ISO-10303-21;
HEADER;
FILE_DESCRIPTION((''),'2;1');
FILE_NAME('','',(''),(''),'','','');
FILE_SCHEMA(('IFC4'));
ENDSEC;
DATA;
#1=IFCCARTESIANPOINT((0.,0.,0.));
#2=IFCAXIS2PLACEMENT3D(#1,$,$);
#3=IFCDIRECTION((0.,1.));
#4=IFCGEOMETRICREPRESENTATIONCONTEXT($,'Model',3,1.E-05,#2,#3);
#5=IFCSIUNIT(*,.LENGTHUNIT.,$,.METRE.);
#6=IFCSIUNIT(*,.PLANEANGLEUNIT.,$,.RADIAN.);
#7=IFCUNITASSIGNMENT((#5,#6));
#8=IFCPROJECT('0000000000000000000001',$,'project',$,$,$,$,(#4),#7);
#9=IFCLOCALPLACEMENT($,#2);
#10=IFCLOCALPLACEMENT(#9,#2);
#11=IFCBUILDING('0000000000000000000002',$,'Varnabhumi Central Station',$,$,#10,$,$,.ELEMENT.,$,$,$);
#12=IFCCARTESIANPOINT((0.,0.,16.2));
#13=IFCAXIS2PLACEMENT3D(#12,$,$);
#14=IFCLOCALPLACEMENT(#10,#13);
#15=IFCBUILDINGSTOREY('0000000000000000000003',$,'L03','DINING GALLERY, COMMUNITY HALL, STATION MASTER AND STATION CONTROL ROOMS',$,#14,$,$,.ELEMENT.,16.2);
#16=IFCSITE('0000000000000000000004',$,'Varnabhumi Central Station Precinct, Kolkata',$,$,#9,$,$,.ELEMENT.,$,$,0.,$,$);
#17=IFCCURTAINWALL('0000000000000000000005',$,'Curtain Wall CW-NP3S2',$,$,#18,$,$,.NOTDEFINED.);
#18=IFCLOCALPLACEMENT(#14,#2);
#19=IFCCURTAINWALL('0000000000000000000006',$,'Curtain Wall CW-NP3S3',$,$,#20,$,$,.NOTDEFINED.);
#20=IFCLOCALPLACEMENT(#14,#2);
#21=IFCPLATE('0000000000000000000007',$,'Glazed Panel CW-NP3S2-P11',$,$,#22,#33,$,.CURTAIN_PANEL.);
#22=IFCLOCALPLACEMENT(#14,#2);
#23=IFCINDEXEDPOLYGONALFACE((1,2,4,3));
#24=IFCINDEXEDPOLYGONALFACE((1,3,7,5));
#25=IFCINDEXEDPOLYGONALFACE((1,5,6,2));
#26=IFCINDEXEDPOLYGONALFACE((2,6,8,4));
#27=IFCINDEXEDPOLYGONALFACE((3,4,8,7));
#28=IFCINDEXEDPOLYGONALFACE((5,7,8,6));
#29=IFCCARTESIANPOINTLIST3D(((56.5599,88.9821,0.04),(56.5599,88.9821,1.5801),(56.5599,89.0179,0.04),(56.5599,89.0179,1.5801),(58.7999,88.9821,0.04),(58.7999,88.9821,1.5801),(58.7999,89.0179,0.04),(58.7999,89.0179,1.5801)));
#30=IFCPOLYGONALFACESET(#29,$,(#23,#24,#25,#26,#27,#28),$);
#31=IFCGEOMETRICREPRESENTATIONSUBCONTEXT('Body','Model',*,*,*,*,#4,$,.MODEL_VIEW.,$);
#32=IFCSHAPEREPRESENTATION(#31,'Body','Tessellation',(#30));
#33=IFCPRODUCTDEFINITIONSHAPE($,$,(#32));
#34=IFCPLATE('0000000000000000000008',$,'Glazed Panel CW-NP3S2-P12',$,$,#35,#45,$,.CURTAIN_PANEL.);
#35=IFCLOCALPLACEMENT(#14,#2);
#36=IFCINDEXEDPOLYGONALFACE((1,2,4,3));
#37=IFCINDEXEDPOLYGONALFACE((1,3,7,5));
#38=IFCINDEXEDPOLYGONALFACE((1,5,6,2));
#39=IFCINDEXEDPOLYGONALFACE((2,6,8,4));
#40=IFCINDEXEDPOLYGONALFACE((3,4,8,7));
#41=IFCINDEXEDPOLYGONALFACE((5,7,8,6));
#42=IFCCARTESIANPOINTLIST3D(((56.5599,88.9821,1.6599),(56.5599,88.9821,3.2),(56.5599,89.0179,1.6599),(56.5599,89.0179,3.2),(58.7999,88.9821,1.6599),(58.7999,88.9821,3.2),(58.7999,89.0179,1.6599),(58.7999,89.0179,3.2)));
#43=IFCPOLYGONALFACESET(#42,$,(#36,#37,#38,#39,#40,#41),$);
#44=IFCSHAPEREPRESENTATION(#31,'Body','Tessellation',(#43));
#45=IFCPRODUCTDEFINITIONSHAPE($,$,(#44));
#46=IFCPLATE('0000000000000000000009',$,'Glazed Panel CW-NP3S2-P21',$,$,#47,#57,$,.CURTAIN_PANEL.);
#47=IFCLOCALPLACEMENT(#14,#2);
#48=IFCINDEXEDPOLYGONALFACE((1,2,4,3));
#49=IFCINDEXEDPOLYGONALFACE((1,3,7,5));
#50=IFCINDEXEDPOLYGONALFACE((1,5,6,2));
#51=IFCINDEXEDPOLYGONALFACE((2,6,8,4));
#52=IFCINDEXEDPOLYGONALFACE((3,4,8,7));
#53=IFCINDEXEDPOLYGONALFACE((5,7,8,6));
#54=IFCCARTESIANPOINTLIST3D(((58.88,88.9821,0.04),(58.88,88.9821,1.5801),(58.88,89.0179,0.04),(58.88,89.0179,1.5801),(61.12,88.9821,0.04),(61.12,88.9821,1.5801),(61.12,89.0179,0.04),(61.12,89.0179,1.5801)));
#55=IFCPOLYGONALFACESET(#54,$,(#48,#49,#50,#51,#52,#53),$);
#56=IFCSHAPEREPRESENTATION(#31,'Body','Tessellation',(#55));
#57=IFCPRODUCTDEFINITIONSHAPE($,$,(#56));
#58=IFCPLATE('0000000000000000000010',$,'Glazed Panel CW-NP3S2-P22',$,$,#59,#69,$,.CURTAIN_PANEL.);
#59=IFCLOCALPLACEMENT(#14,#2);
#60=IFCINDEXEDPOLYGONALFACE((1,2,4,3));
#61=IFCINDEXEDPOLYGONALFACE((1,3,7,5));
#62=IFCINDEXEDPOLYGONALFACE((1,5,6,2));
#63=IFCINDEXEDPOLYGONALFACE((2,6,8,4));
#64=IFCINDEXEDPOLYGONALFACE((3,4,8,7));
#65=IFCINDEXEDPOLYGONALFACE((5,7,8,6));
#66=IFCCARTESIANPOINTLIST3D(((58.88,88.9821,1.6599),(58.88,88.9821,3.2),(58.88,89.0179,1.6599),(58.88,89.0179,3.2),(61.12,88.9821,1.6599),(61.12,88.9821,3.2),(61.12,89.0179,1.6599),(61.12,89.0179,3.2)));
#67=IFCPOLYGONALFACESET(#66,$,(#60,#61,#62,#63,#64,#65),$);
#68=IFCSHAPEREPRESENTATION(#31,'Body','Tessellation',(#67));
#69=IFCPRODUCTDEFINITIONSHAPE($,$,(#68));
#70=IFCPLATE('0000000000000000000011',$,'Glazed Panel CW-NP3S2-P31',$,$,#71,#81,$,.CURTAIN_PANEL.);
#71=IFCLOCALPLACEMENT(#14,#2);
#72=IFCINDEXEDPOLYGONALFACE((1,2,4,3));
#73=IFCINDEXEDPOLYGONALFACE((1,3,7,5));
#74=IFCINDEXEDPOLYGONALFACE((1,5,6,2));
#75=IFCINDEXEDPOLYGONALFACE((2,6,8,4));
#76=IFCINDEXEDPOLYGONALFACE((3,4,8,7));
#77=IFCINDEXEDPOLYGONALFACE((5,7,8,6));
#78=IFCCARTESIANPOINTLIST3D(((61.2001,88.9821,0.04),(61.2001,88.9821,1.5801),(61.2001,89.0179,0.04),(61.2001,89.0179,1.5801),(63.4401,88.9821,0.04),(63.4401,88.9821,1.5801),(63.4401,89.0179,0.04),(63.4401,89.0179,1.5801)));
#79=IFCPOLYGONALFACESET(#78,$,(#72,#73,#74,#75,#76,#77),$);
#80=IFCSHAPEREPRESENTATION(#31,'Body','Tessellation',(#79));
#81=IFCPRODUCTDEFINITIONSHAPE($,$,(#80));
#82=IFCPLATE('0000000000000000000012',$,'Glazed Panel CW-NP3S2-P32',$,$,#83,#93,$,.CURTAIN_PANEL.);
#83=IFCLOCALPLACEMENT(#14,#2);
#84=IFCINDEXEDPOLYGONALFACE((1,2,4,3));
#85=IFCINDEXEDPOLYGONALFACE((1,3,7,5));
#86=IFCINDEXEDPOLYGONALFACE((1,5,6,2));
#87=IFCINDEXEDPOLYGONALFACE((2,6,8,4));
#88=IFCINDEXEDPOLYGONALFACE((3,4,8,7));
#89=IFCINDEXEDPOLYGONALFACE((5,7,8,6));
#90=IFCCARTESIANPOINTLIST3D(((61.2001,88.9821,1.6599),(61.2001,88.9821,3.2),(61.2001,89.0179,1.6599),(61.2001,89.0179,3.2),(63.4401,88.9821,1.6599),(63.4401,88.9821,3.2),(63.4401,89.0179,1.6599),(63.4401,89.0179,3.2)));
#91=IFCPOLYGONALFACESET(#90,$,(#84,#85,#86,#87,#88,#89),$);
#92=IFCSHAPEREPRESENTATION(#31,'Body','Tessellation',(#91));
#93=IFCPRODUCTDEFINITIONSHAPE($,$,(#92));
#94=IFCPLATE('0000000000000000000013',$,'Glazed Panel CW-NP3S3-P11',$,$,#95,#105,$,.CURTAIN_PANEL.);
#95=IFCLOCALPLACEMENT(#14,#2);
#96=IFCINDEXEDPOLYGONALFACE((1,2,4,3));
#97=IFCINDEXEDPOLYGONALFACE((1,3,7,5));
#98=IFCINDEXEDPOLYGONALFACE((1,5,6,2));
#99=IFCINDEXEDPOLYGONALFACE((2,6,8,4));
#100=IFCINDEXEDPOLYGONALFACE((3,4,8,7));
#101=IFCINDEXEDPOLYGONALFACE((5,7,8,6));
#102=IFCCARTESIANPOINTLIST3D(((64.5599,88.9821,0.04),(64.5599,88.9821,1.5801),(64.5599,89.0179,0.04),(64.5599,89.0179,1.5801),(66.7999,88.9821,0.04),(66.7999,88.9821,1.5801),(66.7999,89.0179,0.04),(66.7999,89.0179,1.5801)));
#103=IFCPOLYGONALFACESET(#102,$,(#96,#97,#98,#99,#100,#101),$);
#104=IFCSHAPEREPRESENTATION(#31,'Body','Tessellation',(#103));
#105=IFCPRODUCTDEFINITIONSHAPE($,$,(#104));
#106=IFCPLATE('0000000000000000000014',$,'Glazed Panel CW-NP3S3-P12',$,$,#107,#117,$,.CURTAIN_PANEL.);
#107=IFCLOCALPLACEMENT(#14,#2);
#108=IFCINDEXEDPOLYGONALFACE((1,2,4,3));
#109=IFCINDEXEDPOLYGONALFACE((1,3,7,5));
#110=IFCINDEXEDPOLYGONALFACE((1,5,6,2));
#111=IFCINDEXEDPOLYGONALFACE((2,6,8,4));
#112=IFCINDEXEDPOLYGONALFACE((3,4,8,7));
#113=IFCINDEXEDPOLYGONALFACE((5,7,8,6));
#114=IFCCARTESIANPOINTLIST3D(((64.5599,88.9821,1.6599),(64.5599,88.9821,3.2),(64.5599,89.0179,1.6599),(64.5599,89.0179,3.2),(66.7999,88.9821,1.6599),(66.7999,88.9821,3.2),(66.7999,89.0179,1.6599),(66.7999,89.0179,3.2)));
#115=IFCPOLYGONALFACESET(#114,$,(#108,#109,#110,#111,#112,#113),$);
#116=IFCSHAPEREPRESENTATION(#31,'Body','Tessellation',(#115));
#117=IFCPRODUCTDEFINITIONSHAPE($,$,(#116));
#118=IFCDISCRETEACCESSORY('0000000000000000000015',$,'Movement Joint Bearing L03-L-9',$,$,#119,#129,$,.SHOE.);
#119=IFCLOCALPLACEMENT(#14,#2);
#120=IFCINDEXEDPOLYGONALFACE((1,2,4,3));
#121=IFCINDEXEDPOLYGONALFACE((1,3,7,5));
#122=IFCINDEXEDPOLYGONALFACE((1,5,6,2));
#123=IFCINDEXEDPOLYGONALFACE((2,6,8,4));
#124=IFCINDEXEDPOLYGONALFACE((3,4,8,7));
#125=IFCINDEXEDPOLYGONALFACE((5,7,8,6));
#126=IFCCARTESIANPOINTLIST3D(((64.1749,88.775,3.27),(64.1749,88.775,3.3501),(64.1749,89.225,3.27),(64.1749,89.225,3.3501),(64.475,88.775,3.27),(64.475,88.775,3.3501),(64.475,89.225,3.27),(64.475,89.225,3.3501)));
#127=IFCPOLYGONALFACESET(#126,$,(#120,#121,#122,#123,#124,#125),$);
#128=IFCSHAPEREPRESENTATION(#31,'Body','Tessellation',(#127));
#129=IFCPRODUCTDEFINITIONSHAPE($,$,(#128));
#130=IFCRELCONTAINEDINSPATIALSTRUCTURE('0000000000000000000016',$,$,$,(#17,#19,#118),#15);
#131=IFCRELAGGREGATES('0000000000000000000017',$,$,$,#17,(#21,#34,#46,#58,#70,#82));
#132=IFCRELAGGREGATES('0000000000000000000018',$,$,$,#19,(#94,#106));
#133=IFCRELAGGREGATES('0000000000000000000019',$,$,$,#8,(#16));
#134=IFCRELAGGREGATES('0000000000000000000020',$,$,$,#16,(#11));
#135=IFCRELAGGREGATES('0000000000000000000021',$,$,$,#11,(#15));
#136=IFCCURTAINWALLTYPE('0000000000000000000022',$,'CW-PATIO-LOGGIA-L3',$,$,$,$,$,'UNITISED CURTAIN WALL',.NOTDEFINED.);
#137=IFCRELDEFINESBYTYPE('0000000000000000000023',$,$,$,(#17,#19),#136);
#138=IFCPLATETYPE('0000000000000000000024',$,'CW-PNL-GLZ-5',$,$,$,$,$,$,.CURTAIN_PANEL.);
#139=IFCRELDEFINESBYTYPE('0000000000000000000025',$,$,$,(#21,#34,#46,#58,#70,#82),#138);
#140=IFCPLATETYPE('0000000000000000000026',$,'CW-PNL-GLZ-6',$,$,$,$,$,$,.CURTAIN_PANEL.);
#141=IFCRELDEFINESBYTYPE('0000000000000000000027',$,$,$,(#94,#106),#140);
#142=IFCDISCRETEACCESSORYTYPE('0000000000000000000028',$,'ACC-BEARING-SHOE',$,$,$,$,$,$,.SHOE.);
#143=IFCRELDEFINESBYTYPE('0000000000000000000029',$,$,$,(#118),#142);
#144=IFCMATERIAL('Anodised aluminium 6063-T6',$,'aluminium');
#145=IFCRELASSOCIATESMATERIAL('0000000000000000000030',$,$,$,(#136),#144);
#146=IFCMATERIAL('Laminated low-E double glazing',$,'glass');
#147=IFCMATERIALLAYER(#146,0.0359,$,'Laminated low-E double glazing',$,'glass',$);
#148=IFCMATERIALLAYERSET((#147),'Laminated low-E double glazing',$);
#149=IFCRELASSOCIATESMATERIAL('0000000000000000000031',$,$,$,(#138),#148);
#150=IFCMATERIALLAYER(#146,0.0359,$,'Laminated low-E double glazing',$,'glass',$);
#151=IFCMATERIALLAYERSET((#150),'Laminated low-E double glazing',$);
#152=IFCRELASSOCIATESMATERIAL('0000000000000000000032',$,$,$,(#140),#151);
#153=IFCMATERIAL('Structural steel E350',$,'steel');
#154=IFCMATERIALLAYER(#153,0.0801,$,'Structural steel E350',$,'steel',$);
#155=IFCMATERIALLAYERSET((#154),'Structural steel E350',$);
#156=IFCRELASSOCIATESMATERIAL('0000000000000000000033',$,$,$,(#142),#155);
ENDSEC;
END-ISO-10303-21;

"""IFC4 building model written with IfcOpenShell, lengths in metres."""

from ifc_helpers import new_model, si_unit, direction, frame, origin, origin_2d, place, context, subcontext, project, spatial, rectangle, extrude, material, layer, layer_set, type_object, element, aggregate, save


model = new_model("IFC4")

# Units and contexts
model_context = context("Model", 3, precision=1e-05, world=origin(), true_north=direction((0.0, 1.0)))
body_context = subcontext(model_context, "Body", "Model", "MODEL_VIEW")
ifc_project = project(units=[si_unit("LENGTHUNIT", "METRE"), si_unit("PLANEANGLEUNIT", "RADIAN")], contexts=[model_context])

# Site, building, storey
site_placement = place(None, origin())
site = spatial("IfcSite", under=ifc_project, at=site_placement, Name="Varnabhumi Central Station Precinct, Kolkata", CompositionType="ELEMENT", RefElevation=0.0)
building_placement = place(site_placement, origin())
building = spatial("IfcBuilding", under=site, at=building_placement, Name="Varnabhumi Central Station", CompositionType="ELEMENT")
storey_placement = place(building_placement, frame((0.0, 0.0, 16.2)))
storey = spatial("IfcBuildingStorey", under=building, at=storey_placement, Name="L03", Description="DINING GALLERY, COMMUNITY HALL, STATION MASTER AND STATION CONTROL ROOMS", CompositionType="ELEMENT", Elevation=16.2)

# Curtain walls
ifc_material_1 = material(Name="Anodised aluminium 6063-T6", Category="aluminium")
curtain_wall_type = type_object("IfcCurtainWallType", Name="CW-PATIO-LOGGIA-L3", ElementType="UNITISED CURTAIN WALL", PredefinedType="NOTDEFINED", material=ifc_material_1)
curtain_wall_1_placement = place(storey_placement, origin())
curtain_wall_1 = element("IfcCurtainWall", 1, at=curtain_wall_1_placement, inside=storey, type_object=curtain_wall_type, Name="Curtain Wall CW-NP3S2", PredefinedType="NOTDEFINED")
curtain_wall_2_placement = place(storey_placement, origin())
curtain_wall_2 = element("IfcCurtainWall", 2, at=curtain_wall_2_placement, inside=storey, type_object=curtain_wall_type, Name="Curtain Wall CW-NP3S3", PredefinedType="NOTDEFINED")

# Plates
ifc_material_2 = material(Name="Laminated low-E double glazing", Category="glass")
ifc_layer_1 = layer(ifc_material_2, 0.0359, Name="Laminated low-E double glazing", Category="glass")
ifc_layer_set_1 = layer_set([ifc_layer_1], Name="Laminated low-E double glazing")
plate_type_1 = type_object("IfcPlateType", Name="CW-PNL-GLZ-5", PredefinedType="CURTAIN_PANEL", material=ifc_layer_set_1)
plate_1_placement = place(storey_placement, frame((57.6799, 89.0, 0.04), z_axis=(0.0, 0.0, 1.0), x_axis=(1.0, 0.0, 0.0)))
plate_1 = element("IfcPlate", 3, at=plate_1_placement, type_object=plate_type_1, Name="Glazed Panel CW-NP3S2-P11", PredefinedType="CURTAIN_PANEL", context=body_context, shape_type="SweptSolid", body=[
    extrude(rectangle(XDim=2.24, YDim=0.0359, at=origin_2d()), origin(), (0.0, 0.0, 1.0), 1.54),
])
plate_2_placement = place(storey_placement, frame((57.6799, 89.0, 1.6599), z_axis=(0.0, 0.0, 1.0), x_axis=(1.0, 0.0, 0.0)))
plate_2 = element("IfcPlate", 4, at=plate_2_placement, type_object=plate_type_1, Name="Glazed Panel CW-NP3S2-P12", PredefinedType="CURTAIN_PANEL", context=body_context, shape_type="SweptSolid", body=[
    extrude(rectangle(XDim=2.24, YDim=0.0359, at=origin_2d()), origin(), (0.0, 0.0, 1.0), 1.54),
])
plate_3_placement = place(storey_placement, frame((60.0, 89.0, 0.04), z_axis=(0.0, 0.0, 1.0), x_axis=(1.0, 0.0, 0.0)))
plate_3 = element("IfcPlate", 5, at=plate_3_placement, type_object=plate_type_1, Name="Glazed Panel CW-NP3S2-P21", PredefinedType="CURTAIN_PANEL", context=body_context, shape_type="SweptSolid", body=[
    extrude(rectangle(XDim=2.24, YDim=0.0359, at=origin_2d()), origin(), (0.0, 0.0, 1.0), 1.54),
])
plate_4_placement = place(storey_placement, frame((60.0, 89.0, 1.6599), z_axis=(0.0, 0.0, 1.0), x_axis=(1.0, 0.0, 0.0)))
plate_4 = element("IfcPlate", 6, at=plate_4_placement, type_object=plate_type_1, Name="Glazed Panel CW-NP3S2-P22", PredefinedType="CURTAIN_PANEL", context=body_context, shape_type="SweptSolid", body=[
    extrude(rectangle(XDim=2.24, YDim=0.0359, at=origin_2d()), origin(), (0.0, 0.0, 1.0), 1.54),
])
plate_5_placement = place(storey_placement, frame((62.3201, 89.0, 0.04), z_axis=(0.0, 0.0, 1.0), x_axis=(1.0, 0.0, 0.0)))
plate_5 = element("IfcPlate", 7, at=plate_5_placement, type_object=plate_type_1, Name="Glazed Panel CW-NP3S2-P31", PredefinedType="CURTAIN_PANEL", context=body_context, shape_type="SweptSolid", body=[
    extrude(rectangle(XDim=2.24, YDim=0.0359, at=origin_2d()), origin(), (0.0, 0.0, 1.0), 1.54),
])
plate_6_placement = place(storey_placement, frame((62.3201, 89.0, 1.6599), z_axis=(0.0, 0.0, 1.0), x_axis=(1.0, 0.0, 0.0)))
plate_6 = element("IfcPlate", 8, at=plate_6_placement, type_object=plate_type_1, Name="Glazed Panel CW-NP3S2-P32", PredefinedType="CURTAIN_PANEL", context=body_context, shape_type="SweptSolid", body=[
    extrude(rectangle(XDim=2.24, YDim=0.0359, at=origin_2d()), origin(), (0.0, 0.0, 1.0), 1.54),
])
aggregate(curtain_wall_1, [plate_1, plate_2, plate_3, plate_4, plate_5, plate_6])
ifc_layer_2 = layer(ifc_material_2, 0.0359, Name="Laminated low-E double glazing", Category="glass")
ifc_layer_set_2 = layer_set([ifc_layer_2], Name="Laminated low-E double glazing")
plate_type_2 = type_object("IfcPlateType", Name="CW-PNL-GLZ-6", PredefinedType="CURTAIN_PANEL", material=ifc_layer_set_2)
plate_7_placement = place(storey_placement, frame((65.6799, 89.0, 0.04), z_axis=(0.0, 0.0, 1.0), x_axis=(1.0, 0.0, 0.0)))
plate_7 = element("IfcPlate", 9, at=plate_7_placement, type_object=plate_type_2, Name="Glazed Panel CW-NP3S3-P11", PredefinedType="CURTAIN_PANEL", context=body_context, shape_type="SweptSolid", body=[
    extrude(rectangle(XDim=2.24, YDim=0.0359, at=origin_2d()), origin(), (0.0, 0.0, 1.0), 1.54),
])
plate_8_placement = place(storey_placement, frame((65.6799, 89.0, 1.6599), z_axis=(0.0, 0.0, 1.0), x_axis=(1.0, 0.0, 0.0)))
plate_8 = element("IfcPlate", 10, at=plate_8_placement, type_object=plate_type_2, Name="Glazed Panel CW-NP3S3-P12", PredefinedType="CURTAIN_PANEL", context=body_context, shape_type="SweptSolid", body=[
    extrude(rectangle(XDim=2.24, YDim=0.0359, at=origin_2d()), origin(), (0.0, 0.0, 1.0), 1.54),
])
aggregate(curtain_wall_2, [plate_7, plate_8])

# Discrete accessory
ifc_material_3 = material(Name="Structural steel E350", Category="steel")
ifc_layer_3 = layer(ifc_material_3, 0.0801, Name="Structural steel E350", Category="steel")
ifc_layer_set_3 = layer_set([ifc_layer_3], Name="Structural steel E350")
discrete_accessory_type = type_object("IfcDiscreteAccessoryType", Name="ACC-BEARING-SHOE", PredefinedType="SHOE", material=ifc_layer_set_3)
discrete_accessory_placement = place(storey_placement, frame((64.325, 89.0, 3.27), z_axis=(0.0, 0.0, 1.0), x_axis=(1.0, 0.0, 0.0)))
element("IfcDiscreteAccessory", 11, at=discrete_accessory_placement, inside=storey, type_object=discrete_accessory_type, Name="Movement Joint Bearing L03-L-9", PredefinedType="SHOE", context=body_context, shape_type="SweptSolid", body=[
    extrude(rectangle(XDim=0.3, YDim=0.45, at=origin_2d()), origin(), (0.0, 0.0, 1.0), 0.0801),
])

save(model, "model.ifc")
